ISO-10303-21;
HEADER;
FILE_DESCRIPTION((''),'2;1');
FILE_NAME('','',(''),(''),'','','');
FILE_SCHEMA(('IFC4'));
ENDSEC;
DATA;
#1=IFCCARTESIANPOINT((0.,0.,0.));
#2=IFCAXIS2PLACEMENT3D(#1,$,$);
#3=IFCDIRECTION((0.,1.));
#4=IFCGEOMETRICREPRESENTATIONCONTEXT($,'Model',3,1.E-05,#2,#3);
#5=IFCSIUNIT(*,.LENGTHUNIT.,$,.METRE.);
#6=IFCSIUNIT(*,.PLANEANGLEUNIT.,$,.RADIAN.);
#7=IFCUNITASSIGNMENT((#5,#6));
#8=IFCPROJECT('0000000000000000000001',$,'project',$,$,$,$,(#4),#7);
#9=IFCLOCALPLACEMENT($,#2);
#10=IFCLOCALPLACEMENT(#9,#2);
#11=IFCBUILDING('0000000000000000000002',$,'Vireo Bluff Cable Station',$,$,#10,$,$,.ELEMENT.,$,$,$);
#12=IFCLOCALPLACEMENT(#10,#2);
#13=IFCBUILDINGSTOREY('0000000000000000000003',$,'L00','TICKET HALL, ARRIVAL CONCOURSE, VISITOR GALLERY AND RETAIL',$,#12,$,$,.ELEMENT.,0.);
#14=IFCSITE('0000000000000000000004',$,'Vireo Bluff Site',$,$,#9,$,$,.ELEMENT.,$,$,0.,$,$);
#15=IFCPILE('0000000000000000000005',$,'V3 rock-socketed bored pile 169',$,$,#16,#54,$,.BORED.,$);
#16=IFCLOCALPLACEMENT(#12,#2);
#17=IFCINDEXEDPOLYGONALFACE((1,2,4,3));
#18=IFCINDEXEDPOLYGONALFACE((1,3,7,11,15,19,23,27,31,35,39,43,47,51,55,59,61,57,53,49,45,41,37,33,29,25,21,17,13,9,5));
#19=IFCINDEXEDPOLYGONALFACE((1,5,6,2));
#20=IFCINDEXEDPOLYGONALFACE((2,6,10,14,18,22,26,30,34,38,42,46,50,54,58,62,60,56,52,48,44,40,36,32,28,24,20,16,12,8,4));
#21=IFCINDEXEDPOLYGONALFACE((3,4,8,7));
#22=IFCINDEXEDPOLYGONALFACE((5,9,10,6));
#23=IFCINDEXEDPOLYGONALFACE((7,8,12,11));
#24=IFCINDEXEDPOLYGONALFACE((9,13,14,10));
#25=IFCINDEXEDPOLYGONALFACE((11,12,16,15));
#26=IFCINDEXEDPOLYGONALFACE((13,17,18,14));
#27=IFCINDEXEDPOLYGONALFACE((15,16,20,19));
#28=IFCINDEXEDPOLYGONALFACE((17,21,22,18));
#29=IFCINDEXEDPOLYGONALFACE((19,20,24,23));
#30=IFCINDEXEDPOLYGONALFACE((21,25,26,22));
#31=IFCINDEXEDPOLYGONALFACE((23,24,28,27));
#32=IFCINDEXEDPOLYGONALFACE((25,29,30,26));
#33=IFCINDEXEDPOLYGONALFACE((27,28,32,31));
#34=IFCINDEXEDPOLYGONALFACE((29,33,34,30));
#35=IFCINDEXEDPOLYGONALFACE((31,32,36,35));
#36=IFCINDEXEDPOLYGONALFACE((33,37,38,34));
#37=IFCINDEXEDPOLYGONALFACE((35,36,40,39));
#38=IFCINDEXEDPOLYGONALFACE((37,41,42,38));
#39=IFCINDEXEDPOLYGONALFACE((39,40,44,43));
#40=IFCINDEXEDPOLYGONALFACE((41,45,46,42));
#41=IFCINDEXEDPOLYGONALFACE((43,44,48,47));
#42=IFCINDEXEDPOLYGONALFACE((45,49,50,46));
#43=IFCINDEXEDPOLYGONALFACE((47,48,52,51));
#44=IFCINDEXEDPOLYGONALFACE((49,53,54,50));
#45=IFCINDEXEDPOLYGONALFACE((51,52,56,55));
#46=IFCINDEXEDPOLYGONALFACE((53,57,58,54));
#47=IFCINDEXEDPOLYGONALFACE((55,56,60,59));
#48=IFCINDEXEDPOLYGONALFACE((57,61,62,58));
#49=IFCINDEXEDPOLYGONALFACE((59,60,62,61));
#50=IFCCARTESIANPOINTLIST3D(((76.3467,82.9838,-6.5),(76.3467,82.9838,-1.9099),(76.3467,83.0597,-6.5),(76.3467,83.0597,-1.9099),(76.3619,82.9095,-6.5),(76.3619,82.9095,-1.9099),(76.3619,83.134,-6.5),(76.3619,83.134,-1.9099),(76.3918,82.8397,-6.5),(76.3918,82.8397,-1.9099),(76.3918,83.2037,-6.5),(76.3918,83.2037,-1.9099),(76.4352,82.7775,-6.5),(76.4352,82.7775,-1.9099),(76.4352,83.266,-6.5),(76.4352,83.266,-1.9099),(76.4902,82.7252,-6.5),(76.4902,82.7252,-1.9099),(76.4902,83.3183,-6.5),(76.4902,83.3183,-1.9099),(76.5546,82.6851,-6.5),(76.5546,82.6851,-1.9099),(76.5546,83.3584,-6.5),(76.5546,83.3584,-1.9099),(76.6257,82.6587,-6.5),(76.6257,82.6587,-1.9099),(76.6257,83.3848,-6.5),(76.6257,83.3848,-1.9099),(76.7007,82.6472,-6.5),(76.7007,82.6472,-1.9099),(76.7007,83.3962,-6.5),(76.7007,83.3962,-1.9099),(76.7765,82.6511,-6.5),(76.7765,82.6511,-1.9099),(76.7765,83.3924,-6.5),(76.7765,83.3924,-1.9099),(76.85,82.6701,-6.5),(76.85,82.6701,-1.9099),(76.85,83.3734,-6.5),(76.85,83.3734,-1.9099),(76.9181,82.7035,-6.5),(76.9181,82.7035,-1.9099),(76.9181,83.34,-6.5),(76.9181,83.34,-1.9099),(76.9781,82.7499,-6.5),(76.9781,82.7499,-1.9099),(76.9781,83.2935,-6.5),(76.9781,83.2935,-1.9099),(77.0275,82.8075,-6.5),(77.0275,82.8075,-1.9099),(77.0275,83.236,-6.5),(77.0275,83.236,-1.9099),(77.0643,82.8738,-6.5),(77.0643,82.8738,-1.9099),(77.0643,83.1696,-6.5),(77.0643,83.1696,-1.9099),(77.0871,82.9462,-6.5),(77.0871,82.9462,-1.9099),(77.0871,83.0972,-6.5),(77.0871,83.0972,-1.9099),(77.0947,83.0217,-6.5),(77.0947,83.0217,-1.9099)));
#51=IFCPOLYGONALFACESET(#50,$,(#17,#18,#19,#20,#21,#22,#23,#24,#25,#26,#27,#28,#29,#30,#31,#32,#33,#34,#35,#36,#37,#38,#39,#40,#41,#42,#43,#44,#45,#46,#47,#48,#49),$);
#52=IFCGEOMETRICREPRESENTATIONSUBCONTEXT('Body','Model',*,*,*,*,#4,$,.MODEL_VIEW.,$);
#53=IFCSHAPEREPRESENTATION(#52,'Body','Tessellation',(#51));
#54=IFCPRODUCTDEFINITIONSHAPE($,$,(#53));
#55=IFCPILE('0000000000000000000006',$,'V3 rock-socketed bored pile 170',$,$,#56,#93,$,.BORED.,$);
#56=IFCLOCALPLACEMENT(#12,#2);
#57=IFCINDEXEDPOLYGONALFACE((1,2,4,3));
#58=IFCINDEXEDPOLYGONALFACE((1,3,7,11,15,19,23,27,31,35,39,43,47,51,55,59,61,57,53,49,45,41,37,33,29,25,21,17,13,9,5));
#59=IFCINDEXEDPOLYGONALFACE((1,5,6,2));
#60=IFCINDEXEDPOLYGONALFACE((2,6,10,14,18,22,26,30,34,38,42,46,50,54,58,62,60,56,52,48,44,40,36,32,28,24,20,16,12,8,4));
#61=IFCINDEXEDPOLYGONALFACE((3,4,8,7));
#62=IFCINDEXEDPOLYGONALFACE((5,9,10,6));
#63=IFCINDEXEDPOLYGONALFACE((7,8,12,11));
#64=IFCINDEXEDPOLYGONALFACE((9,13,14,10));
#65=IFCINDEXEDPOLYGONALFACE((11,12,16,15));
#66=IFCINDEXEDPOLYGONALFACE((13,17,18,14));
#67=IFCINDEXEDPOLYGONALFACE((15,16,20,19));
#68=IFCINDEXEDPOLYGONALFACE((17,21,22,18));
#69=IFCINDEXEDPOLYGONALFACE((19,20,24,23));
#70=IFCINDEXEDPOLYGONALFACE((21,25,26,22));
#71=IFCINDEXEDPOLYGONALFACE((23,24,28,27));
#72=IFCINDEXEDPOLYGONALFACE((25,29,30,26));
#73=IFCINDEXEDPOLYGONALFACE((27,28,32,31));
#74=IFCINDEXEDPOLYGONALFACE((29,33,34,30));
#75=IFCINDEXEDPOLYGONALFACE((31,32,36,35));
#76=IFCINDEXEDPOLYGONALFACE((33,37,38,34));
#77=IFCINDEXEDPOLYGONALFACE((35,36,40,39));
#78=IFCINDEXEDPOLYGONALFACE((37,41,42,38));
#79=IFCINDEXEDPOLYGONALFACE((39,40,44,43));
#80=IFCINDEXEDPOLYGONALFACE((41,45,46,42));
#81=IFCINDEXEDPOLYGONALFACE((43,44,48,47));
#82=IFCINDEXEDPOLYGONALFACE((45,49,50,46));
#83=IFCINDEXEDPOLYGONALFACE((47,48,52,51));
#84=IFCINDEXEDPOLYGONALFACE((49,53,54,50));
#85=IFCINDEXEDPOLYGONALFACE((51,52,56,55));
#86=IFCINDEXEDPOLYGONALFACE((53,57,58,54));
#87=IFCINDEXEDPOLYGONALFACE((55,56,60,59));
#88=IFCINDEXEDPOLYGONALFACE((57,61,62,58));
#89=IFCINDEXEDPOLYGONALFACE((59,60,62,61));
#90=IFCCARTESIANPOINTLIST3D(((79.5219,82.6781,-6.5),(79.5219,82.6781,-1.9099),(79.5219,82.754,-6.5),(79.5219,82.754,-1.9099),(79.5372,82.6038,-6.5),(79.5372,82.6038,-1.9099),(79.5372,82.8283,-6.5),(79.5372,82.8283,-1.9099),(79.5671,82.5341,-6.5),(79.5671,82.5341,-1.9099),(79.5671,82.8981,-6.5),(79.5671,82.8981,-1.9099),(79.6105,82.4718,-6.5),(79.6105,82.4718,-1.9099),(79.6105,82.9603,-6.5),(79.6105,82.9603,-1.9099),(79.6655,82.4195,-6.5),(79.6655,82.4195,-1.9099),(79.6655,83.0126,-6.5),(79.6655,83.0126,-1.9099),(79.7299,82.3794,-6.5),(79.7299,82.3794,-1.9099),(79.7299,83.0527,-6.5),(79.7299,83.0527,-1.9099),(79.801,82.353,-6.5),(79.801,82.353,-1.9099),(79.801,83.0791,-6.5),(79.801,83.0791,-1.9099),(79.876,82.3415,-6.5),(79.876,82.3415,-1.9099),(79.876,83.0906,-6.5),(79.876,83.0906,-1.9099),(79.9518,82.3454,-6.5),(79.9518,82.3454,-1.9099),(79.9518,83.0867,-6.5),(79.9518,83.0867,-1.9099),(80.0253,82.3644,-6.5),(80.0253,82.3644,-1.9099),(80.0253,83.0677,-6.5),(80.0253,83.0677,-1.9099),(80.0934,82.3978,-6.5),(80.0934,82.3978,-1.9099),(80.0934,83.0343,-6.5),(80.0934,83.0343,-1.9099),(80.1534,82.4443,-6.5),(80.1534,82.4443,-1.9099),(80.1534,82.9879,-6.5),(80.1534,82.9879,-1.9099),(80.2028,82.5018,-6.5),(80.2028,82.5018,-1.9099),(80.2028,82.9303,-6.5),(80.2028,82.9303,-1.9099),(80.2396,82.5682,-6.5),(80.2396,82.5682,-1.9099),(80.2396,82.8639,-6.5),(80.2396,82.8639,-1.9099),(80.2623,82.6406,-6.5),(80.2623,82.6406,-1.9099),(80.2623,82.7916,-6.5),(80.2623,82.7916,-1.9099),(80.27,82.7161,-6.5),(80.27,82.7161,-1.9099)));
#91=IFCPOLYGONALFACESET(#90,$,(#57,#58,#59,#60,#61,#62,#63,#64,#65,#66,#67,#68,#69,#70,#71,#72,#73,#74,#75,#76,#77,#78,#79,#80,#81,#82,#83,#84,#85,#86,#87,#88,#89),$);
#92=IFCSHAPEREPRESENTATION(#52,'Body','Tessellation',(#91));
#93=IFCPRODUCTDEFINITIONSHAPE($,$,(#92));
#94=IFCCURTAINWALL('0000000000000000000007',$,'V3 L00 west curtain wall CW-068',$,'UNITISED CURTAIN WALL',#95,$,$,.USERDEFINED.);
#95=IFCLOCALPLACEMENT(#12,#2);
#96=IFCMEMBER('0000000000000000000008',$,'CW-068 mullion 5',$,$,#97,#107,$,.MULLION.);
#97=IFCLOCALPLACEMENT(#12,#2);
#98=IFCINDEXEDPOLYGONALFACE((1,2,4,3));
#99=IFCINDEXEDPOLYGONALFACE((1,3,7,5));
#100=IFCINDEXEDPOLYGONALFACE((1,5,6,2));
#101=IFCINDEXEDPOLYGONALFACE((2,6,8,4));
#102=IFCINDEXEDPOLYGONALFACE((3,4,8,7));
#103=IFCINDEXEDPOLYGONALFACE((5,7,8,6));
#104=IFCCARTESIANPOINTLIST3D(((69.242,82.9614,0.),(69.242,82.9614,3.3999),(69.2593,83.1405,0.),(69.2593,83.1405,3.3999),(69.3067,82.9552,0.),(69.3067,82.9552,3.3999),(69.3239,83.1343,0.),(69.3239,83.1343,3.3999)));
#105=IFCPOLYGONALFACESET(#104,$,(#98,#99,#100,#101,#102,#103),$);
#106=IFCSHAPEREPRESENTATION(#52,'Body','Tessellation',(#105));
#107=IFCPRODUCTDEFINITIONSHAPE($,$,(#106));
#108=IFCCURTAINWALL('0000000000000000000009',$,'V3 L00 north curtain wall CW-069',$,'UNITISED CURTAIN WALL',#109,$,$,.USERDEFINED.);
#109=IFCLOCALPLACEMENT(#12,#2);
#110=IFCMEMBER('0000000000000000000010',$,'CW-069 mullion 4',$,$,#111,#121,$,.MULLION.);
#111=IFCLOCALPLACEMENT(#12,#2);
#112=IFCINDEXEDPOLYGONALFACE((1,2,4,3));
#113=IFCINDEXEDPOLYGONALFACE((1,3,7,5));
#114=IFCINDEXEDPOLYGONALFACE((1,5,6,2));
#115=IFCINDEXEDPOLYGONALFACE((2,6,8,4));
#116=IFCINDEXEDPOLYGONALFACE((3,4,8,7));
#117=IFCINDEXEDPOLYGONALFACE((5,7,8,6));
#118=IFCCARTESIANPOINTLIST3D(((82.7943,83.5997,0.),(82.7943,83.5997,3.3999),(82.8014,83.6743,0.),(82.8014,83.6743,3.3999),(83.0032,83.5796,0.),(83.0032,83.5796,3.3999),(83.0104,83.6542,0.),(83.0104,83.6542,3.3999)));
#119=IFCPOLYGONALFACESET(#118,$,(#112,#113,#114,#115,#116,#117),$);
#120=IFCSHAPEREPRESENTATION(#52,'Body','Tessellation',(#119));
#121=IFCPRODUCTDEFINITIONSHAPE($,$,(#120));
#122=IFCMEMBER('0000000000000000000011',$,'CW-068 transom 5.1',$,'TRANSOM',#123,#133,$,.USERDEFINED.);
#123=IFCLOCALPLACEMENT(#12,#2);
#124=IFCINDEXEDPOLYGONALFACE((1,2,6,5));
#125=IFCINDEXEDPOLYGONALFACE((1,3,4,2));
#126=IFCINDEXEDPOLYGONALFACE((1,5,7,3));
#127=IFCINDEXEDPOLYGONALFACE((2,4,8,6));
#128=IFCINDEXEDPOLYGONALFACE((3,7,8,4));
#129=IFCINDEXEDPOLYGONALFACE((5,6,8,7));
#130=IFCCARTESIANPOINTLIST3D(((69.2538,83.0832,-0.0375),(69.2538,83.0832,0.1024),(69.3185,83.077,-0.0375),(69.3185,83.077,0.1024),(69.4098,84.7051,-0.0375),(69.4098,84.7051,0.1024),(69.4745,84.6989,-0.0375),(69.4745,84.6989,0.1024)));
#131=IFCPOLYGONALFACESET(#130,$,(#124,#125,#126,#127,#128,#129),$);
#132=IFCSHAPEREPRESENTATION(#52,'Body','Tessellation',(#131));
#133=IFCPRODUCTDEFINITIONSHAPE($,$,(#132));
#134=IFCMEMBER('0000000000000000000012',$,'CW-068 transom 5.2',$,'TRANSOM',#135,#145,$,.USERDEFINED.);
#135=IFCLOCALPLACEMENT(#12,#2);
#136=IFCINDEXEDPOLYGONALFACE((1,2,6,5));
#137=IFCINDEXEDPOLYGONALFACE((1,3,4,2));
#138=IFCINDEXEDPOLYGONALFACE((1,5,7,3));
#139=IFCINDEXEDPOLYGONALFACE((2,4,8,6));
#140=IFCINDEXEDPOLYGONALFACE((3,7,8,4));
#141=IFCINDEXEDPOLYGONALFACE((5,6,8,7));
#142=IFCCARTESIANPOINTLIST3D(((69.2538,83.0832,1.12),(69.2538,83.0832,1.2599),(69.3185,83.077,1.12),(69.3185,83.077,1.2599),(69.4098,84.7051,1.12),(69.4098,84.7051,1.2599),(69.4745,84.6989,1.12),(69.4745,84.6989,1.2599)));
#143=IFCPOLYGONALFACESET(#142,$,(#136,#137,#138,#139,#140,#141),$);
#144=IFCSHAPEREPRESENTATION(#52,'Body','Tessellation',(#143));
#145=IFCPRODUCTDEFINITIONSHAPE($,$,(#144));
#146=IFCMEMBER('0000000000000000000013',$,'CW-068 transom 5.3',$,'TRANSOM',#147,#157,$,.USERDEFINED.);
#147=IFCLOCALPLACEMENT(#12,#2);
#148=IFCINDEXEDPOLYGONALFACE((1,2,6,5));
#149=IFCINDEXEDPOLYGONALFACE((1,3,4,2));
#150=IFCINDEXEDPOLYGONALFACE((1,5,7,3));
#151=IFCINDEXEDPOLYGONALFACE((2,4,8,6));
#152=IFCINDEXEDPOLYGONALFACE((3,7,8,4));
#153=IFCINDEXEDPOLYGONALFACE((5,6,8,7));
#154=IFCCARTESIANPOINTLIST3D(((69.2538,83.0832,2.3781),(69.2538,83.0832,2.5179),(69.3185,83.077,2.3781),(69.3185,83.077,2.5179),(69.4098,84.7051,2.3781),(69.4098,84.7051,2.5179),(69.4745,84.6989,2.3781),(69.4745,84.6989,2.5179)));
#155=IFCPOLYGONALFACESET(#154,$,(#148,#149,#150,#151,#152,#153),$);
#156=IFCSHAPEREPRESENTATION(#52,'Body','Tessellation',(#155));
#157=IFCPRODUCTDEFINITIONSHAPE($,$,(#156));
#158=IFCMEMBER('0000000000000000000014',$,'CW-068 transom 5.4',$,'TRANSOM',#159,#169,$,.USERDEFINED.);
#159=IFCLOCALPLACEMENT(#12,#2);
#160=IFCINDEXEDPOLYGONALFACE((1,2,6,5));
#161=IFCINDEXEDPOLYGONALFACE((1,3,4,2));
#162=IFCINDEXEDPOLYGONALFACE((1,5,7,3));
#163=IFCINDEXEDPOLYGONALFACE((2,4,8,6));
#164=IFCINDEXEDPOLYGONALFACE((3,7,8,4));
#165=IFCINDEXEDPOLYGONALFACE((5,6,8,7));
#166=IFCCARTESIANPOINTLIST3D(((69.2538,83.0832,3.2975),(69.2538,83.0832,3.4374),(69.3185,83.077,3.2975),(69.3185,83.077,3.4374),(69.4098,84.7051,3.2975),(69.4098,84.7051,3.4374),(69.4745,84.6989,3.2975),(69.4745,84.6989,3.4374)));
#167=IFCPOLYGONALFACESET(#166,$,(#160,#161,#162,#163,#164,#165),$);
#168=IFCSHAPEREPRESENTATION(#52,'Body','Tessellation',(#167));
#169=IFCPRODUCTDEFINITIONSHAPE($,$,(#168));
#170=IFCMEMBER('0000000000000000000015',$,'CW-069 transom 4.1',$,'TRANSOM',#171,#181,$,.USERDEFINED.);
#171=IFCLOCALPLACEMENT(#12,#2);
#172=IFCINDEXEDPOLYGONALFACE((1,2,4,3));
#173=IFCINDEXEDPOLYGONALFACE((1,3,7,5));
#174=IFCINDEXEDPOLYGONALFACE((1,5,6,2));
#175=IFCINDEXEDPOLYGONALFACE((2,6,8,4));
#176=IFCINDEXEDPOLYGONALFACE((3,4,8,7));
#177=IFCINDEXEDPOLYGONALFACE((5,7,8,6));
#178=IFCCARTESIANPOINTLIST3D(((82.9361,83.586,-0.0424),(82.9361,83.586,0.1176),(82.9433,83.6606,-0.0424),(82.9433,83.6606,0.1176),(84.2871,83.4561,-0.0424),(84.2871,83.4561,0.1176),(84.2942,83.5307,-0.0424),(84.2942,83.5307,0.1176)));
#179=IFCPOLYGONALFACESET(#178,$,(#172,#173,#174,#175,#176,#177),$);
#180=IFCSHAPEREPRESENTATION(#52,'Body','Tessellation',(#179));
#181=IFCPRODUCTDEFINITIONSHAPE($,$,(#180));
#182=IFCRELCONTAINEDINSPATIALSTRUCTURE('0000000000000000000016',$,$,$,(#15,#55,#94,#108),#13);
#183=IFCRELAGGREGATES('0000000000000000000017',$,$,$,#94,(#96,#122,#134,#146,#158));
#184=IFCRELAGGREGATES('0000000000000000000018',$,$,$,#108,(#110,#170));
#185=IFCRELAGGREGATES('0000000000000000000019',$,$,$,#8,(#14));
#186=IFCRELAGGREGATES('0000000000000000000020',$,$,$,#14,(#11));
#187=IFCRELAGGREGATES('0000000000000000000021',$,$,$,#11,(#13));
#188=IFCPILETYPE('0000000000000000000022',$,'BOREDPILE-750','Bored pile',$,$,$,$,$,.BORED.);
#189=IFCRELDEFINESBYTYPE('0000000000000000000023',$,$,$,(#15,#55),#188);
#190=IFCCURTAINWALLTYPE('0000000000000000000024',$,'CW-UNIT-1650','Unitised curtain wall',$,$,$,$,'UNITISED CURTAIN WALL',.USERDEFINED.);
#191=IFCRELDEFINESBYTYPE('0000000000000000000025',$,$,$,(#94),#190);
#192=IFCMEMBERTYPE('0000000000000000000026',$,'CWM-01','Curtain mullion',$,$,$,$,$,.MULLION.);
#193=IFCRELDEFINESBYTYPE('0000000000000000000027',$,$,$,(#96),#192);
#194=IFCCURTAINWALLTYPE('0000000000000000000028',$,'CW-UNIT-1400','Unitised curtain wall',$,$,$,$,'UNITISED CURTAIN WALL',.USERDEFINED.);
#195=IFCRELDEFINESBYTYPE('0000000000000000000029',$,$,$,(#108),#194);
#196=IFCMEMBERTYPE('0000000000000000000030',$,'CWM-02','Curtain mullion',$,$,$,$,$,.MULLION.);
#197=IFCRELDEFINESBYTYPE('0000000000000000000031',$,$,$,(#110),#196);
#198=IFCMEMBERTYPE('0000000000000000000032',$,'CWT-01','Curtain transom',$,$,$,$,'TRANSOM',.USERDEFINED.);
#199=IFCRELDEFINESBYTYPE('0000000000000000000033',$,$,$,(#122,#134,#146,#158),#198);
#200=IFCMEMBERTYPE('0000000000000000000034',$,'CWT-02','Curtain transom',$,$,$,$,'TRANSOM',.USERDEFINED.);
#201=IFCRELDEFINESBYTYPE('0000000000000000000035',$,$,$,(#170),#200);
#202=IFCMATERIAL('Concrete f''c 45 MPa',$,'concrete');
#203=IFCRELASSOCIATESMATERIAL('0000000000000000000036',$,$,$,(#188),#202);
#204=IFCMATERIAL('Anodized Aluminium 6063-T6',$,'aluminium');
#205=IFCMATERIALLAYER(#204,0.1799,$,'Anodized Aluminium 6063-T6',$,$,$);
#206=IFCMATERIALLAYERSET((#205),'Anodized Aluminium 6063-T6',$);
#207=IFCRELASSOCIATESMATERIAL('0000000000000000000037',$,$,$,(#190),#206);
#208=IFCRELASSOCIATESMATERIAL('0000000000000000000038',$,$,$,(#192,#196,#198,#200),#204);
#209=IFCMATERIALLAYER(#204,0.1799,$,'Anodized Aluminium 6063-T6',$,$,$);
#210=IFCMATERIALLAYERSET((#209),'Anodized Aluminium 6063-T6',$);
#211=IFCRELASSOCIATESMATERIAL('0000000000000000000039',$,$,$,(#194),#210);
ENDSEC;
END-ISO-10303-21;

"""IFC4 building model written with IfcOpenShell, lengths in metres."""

from ifc_helpers import new_model, si_unit, direction, frame, origin, origin_2d, place, context, subcontext, project, spatial, rectangle, circle, extrude, material, layer, layer_set, material_profile, profile_set, type_object, element, aggregate, save


model = new_model("IFC4")

# Units and contexts
model_context = context("Model", 3, precision=1e-05, world=origin(), true_north=direction((0.0, 1.0)))
body_context = subcontext(model_context, "Body", "Model", "MODEL_VIEW")
ifc_project = project(units=[si_unit("LENGTHUNIT", "METRE"), si_unit("PLANEANGLEUNIT", "RADIAN")], contexts=[model_context])

# Site, building, storey
site_placement = place(None, origin())
site = spatial("IfcSite", under=ifc_project, at=site_placement, Name="Vireo Bluff Site", CompositionType="ELEMENT", RefElevation=0.0)
building_placement = place(site_placement, origin())
building = spatial("IfcBuilding", under=site, at=building_placement, Name="Vireo Bluff Cable Station", CompositionType="ELEMENT")
storey_placement = place(building_placement, origin())
storey = spatial("IfcBuildingStorey", under=building, at=storey_placement, Name="L00", Description="TICKET HALL, ARRIVAL CONCOURSE, VISITOR GALLERY AND RETAIL", CompositionType="ELEMENT", Elevation=0.0)

# Piles
ifc_material_1 = material(Name="Concrete f'c 45 MPa", Category="concrete")
ifc_material_profile_1 = material_profile(ifc_material_1, circle(Radius=0.375, at=origin_2d()), Name="BOREDPILE-750")
ifc_profile_set_1 = profile_set([ifc_material_profile_1], Name="Concrete f'c 45 MPa")
pile_type = type_object("IfcPileType", Name="BOREDPILE-750", Description="Bored pile", PredefinedType="BORED", material=ifc_profile_set_1)
for number, where, z_axis, x_axis, name in (
    (1, (76.7197, 83.0217, -1.9099), (0.0, 0.0, -1.0), (1.0, 0.0, 0.0), "V3 rock-socketed bored pile 169"),
    (2, (79.895, 82.7161, -1.9099), (0.0, 0.0, -1.0), (1.0, 0.0, 0.0), "V3 rock-socketed bored pile 170"),
):
    element("IfcPile", number, at=place(storey_placement, frame(where, z_axis=z_axis, x_axis=x_axis)), inside=storey, type_object=pile_type, Name=name, PredefinedType="BORED", context=body_context, shape_type="SweptSolid", body=[
        extrude(circle(Radius=0.375, at=origin_2d()), origin(), (0.0, 0.0, 1.0), 4.5901),
    ])

# Curtain walls, members
ifc_material_2 = material(Name="Anodized Aluminium 6063-T6", Category="aluminium")
ifc_layer_1 = layer(ifc_material_2, 0.1799, Name="Anodized Aluminium 6063-T6")
ifc_layer_set_1 = layer_set([ifc_layer_1], Name="Anodized Aluminium 6063-T6")
curtain_wall_type_1 = type_object("IfcCurtainWallType", Name="CW-UNIT-1650", Description="Unitised curtain wall", ElementType="UNITISED CURTAIN WALL", PredefinedType="USERDEFINED", material=ifc_layer_set_1)
curtain_wall_1_placement = place(storey_placement, origin())
curtain_wall_1 = element("IfcCurtainWall", 3, at=curtain_wall_1_placement, inside=storey, type_object=curtain_wall_type_1, Name="V3 L00 west curtain wall CW-068", ObjectType="UNITISED CURTAIN WALL", PredefinedType="USERDEFINED")
ifc_material_profile_2 = material_profile(ifc_material_2, rectangle(XDim=0.0649, YDim=0.1799, at=origin_2d()), Name="ALU-M-65X180")
ifc_profile_set_2 = profile_set([ifc_material_profile_2], Name="Anodized Aluminium 6063-T6")
member_type_1 = type_object("IfcMemberType", Name="CWM-01", Description="Curtain mullion", PredefinedType="MULLION", material=ifc_profile_set_2)
member_1_placement = place(storey_placement, frame((69.283, 83.0479, 0.0), z_axis=(0.0, 0.0, 1.0), x_axis=(-0.995396, 0.095846, 0.0)))
member_1 = element("IfcMember", 4, at=member_1_placement, type_object=member_type_1, Name="CW-068 mullion 5", PredefinedType="MULLION", context=body_context, shape_type="SweptSolid", body=[
    extrude(rectangle(XDim=0.0649, YDim=0.1799, at=origin_2d()), origin(), (0.0, 0.0, 1.0), 3.3999),
])
ifc_layer_2 = layer(ifc_material_2, 0.1799, Name="Anodized Aluminium 6063-T6")
ifc_layer_set_2 = layer_set([ifc_layer_2], Name="Anodized Aluminium 6063-T6")
curtain_wall_type_2 = type_object("IfcCurtainWallType", Name="CW-UNIT-1400", Description="Unitised curtain wall", ElementType="UNITISED CURTAIN WALL", PredefinedType="USERDEFINED", material=ifc_layer_set_2)
curtain_wall_2_placement = place(storey_placement, origin())
curtain_wall_2 = element("IfcCurtainWall", 5, at=curtain_wall_2_placement, inside=storey, type_object=curtain_wall_type_2, Name="V3 L00 north curtain wall CW-069", ObjectType="UNITISED CURTAIN WALL", PredefinedType="USERDEFINED")
ifc_material_profile_3 = material_profile(ifc_material_2, rectangle(XDim=0.075, YDim=0.21, at=origin_2d()), Name="ALU-M-75X210")
ifc_profile_set_3 = profile_set([ifc_material_profile_3], Name="Anodized Aluminium 6063-T6")
member_type_2 = type_object("IfcMemberType", Name="CWM-02", Description="Curtain mullion", PredefinedType="MULLION", material=ifc_profile_set_3)
member_2_placement = place(storey_placement, frame((82.9023, 83.627, 0.0), z_axis=(0.0, 0.0, 1.0), x_axis=(0.095846, 0.995396, 0.0)))
member_2 = element("IfcMember", 6, at=member_2_placement, type_object=member_type_2, Name="CW-069 mullion 4", PredefinedType="MULLION", context=body_context, shape_type="SweptSolid", body=[
    extrude(rectangle(XDim=0.075, YDim=0.21, at=origin_2d()), origin(), (0.0, 0.0, 1.0), 3.3999),
])

# Members
ifc_material_profile_4 = material_profile(ifc_material_2, rectangle(XDim=0.0649, YDim=0.1399, at=origin_2d()), Name="ALU-T-65X140")
ifc_profile_set_4 = profile_set([ifc_material_profile_4], Name="Anodized Aluminium 6063-T6")
member_type_3 = type_object("IfcMemberType", Name="CWT-01", Description="Curtain transom", ElementType="TRANSOM", PredefinedType="USERDEFINED", material=ifc_profile_set_4)
member_3_placement = place(storey_placement, frame((69.2861, 83.0801, 0.0325), z_axis=(0.09575, 0.995405, 0.0), x_axis=(-0.995405, 0.09575, 0.0)))
member_3 = element("IfcMember", 7, at=member_3_placement, type_object=member_type_3, Name="CW-068 transom 5.1", ObjectType="TRANSOM", PredefinedType="USERDEFINED", context=body_context, shape_type="SweptSolid", body=[
    extrude(rectangle(XDim=0.0649, YDim=0.1399, at=origin_2d()), origin(), (0.0, 0.0, 1.0), 1.6294),
])
member_4_placement = place(storey_placement, frame((69.2861, 83.0801, 1.1899), z_axis=(0.09575, 0.995405, 0.0), x_axis=(-0.995405, 0.09575, 0.0)))
member_4 = element("IfcMember", 8, at=member_4_placement, type_object=member_type_3, Name="CW-068 transom 5.2", ObjectType="TRANSOM", PredefinedType="USERDEFINED", context=body_context, shape_type="SweptSolid", body=[
    extrude(rectangle(XDim=0.0649, YDim=0.1399, at=origin_2d()), origin(), (0.0, 0.0, 1.0), 1.6294),
])
member_5_placement = place(storey_placement, frame((69.2861, 83.0801, 2.448), z_axis=(0.09575, 0.995405, 0.0), x_axis=(-0.995405, 0.09575, 0.0)))
member_5 = element("IfcMember", 9, at=member_5_placement, type_object=member_type_3, Name="CW-068 transom 5.3", ObjectType="TRANSOM", PredefinedType="USERDEFINED", context=body_context, shape_type="SweptSolid", body=[
    extrude(rectangle(XDim=0.0649, YDim=0.1399, at=origin_2d()), origin(), (0.0, 0.0, 1.0), 1.6294),
])
member_6_placement = place(storey_placement, frame((69.2861, 83.0801, 3.3674), z_axis=(0.09575, 0.995405, 0.0), x_axis=(-0.995405, 0.09575, 0.0)))
member_6 = element("IfcMember", 10, at=member_6_placement, type_object=member_type_3, Name="CW-068 transom 5.4", ObjectType="TRANSOM", PredefinedType="USERDEFINED", context=body_context, shape_type="SweptSolid", body=[
    extrude(rectangle(XDim=0.0649, YDim=0.1399, at=origin_2d()), origin(), (0.0, 0.0, 1.0), 1.6294),
])
ifc_material_profile_5 = material_profile(ifc_material_2, rectangle(XDim=0.075, YDim=0.1599, at=origin_2d()), Name="ALU-T-75X160")
ifc_profile_set_5 = profile_set([ifc_material_profile_5], Name="Anodized Aluminium 6063-T6")
member_type_4 = type_object("IfcMemberType", Name="CWT-02", Description="Curtain transom", ElementType="TRANSOM", PredefinedType="USERDEFINED", material=ifc_profile_set_5)
member_7_placement = place(storey_placement, frame((82.9397, 83.6233, 0.0376), z_axis=(0.995409, -0.095709, 0.0), x_axis=(0.095709, 0.995409, 0.0)))
member_7 = element("IfcMember", 11, at=member_7_placement, type_object=member_type_4, Name="CW-069 transom 4.1", ObjectType="TRANSOM", PredefinedType="USERDEFINED", context=body_context, shape_type="SweptSolid", body=[
    extrude(rectangle(XDim=0.075, YDim=0.1599, at=origin_2d()), origin(), (0.0, 0.0, 1.0), 1.3572),
])

aggregate(curtain_wall_1, [member_1, member_3, member_4, member_5, member_6])
aggregate(curtain_wall_2, [member_2, member_7])

save(model, "model.ifc")
